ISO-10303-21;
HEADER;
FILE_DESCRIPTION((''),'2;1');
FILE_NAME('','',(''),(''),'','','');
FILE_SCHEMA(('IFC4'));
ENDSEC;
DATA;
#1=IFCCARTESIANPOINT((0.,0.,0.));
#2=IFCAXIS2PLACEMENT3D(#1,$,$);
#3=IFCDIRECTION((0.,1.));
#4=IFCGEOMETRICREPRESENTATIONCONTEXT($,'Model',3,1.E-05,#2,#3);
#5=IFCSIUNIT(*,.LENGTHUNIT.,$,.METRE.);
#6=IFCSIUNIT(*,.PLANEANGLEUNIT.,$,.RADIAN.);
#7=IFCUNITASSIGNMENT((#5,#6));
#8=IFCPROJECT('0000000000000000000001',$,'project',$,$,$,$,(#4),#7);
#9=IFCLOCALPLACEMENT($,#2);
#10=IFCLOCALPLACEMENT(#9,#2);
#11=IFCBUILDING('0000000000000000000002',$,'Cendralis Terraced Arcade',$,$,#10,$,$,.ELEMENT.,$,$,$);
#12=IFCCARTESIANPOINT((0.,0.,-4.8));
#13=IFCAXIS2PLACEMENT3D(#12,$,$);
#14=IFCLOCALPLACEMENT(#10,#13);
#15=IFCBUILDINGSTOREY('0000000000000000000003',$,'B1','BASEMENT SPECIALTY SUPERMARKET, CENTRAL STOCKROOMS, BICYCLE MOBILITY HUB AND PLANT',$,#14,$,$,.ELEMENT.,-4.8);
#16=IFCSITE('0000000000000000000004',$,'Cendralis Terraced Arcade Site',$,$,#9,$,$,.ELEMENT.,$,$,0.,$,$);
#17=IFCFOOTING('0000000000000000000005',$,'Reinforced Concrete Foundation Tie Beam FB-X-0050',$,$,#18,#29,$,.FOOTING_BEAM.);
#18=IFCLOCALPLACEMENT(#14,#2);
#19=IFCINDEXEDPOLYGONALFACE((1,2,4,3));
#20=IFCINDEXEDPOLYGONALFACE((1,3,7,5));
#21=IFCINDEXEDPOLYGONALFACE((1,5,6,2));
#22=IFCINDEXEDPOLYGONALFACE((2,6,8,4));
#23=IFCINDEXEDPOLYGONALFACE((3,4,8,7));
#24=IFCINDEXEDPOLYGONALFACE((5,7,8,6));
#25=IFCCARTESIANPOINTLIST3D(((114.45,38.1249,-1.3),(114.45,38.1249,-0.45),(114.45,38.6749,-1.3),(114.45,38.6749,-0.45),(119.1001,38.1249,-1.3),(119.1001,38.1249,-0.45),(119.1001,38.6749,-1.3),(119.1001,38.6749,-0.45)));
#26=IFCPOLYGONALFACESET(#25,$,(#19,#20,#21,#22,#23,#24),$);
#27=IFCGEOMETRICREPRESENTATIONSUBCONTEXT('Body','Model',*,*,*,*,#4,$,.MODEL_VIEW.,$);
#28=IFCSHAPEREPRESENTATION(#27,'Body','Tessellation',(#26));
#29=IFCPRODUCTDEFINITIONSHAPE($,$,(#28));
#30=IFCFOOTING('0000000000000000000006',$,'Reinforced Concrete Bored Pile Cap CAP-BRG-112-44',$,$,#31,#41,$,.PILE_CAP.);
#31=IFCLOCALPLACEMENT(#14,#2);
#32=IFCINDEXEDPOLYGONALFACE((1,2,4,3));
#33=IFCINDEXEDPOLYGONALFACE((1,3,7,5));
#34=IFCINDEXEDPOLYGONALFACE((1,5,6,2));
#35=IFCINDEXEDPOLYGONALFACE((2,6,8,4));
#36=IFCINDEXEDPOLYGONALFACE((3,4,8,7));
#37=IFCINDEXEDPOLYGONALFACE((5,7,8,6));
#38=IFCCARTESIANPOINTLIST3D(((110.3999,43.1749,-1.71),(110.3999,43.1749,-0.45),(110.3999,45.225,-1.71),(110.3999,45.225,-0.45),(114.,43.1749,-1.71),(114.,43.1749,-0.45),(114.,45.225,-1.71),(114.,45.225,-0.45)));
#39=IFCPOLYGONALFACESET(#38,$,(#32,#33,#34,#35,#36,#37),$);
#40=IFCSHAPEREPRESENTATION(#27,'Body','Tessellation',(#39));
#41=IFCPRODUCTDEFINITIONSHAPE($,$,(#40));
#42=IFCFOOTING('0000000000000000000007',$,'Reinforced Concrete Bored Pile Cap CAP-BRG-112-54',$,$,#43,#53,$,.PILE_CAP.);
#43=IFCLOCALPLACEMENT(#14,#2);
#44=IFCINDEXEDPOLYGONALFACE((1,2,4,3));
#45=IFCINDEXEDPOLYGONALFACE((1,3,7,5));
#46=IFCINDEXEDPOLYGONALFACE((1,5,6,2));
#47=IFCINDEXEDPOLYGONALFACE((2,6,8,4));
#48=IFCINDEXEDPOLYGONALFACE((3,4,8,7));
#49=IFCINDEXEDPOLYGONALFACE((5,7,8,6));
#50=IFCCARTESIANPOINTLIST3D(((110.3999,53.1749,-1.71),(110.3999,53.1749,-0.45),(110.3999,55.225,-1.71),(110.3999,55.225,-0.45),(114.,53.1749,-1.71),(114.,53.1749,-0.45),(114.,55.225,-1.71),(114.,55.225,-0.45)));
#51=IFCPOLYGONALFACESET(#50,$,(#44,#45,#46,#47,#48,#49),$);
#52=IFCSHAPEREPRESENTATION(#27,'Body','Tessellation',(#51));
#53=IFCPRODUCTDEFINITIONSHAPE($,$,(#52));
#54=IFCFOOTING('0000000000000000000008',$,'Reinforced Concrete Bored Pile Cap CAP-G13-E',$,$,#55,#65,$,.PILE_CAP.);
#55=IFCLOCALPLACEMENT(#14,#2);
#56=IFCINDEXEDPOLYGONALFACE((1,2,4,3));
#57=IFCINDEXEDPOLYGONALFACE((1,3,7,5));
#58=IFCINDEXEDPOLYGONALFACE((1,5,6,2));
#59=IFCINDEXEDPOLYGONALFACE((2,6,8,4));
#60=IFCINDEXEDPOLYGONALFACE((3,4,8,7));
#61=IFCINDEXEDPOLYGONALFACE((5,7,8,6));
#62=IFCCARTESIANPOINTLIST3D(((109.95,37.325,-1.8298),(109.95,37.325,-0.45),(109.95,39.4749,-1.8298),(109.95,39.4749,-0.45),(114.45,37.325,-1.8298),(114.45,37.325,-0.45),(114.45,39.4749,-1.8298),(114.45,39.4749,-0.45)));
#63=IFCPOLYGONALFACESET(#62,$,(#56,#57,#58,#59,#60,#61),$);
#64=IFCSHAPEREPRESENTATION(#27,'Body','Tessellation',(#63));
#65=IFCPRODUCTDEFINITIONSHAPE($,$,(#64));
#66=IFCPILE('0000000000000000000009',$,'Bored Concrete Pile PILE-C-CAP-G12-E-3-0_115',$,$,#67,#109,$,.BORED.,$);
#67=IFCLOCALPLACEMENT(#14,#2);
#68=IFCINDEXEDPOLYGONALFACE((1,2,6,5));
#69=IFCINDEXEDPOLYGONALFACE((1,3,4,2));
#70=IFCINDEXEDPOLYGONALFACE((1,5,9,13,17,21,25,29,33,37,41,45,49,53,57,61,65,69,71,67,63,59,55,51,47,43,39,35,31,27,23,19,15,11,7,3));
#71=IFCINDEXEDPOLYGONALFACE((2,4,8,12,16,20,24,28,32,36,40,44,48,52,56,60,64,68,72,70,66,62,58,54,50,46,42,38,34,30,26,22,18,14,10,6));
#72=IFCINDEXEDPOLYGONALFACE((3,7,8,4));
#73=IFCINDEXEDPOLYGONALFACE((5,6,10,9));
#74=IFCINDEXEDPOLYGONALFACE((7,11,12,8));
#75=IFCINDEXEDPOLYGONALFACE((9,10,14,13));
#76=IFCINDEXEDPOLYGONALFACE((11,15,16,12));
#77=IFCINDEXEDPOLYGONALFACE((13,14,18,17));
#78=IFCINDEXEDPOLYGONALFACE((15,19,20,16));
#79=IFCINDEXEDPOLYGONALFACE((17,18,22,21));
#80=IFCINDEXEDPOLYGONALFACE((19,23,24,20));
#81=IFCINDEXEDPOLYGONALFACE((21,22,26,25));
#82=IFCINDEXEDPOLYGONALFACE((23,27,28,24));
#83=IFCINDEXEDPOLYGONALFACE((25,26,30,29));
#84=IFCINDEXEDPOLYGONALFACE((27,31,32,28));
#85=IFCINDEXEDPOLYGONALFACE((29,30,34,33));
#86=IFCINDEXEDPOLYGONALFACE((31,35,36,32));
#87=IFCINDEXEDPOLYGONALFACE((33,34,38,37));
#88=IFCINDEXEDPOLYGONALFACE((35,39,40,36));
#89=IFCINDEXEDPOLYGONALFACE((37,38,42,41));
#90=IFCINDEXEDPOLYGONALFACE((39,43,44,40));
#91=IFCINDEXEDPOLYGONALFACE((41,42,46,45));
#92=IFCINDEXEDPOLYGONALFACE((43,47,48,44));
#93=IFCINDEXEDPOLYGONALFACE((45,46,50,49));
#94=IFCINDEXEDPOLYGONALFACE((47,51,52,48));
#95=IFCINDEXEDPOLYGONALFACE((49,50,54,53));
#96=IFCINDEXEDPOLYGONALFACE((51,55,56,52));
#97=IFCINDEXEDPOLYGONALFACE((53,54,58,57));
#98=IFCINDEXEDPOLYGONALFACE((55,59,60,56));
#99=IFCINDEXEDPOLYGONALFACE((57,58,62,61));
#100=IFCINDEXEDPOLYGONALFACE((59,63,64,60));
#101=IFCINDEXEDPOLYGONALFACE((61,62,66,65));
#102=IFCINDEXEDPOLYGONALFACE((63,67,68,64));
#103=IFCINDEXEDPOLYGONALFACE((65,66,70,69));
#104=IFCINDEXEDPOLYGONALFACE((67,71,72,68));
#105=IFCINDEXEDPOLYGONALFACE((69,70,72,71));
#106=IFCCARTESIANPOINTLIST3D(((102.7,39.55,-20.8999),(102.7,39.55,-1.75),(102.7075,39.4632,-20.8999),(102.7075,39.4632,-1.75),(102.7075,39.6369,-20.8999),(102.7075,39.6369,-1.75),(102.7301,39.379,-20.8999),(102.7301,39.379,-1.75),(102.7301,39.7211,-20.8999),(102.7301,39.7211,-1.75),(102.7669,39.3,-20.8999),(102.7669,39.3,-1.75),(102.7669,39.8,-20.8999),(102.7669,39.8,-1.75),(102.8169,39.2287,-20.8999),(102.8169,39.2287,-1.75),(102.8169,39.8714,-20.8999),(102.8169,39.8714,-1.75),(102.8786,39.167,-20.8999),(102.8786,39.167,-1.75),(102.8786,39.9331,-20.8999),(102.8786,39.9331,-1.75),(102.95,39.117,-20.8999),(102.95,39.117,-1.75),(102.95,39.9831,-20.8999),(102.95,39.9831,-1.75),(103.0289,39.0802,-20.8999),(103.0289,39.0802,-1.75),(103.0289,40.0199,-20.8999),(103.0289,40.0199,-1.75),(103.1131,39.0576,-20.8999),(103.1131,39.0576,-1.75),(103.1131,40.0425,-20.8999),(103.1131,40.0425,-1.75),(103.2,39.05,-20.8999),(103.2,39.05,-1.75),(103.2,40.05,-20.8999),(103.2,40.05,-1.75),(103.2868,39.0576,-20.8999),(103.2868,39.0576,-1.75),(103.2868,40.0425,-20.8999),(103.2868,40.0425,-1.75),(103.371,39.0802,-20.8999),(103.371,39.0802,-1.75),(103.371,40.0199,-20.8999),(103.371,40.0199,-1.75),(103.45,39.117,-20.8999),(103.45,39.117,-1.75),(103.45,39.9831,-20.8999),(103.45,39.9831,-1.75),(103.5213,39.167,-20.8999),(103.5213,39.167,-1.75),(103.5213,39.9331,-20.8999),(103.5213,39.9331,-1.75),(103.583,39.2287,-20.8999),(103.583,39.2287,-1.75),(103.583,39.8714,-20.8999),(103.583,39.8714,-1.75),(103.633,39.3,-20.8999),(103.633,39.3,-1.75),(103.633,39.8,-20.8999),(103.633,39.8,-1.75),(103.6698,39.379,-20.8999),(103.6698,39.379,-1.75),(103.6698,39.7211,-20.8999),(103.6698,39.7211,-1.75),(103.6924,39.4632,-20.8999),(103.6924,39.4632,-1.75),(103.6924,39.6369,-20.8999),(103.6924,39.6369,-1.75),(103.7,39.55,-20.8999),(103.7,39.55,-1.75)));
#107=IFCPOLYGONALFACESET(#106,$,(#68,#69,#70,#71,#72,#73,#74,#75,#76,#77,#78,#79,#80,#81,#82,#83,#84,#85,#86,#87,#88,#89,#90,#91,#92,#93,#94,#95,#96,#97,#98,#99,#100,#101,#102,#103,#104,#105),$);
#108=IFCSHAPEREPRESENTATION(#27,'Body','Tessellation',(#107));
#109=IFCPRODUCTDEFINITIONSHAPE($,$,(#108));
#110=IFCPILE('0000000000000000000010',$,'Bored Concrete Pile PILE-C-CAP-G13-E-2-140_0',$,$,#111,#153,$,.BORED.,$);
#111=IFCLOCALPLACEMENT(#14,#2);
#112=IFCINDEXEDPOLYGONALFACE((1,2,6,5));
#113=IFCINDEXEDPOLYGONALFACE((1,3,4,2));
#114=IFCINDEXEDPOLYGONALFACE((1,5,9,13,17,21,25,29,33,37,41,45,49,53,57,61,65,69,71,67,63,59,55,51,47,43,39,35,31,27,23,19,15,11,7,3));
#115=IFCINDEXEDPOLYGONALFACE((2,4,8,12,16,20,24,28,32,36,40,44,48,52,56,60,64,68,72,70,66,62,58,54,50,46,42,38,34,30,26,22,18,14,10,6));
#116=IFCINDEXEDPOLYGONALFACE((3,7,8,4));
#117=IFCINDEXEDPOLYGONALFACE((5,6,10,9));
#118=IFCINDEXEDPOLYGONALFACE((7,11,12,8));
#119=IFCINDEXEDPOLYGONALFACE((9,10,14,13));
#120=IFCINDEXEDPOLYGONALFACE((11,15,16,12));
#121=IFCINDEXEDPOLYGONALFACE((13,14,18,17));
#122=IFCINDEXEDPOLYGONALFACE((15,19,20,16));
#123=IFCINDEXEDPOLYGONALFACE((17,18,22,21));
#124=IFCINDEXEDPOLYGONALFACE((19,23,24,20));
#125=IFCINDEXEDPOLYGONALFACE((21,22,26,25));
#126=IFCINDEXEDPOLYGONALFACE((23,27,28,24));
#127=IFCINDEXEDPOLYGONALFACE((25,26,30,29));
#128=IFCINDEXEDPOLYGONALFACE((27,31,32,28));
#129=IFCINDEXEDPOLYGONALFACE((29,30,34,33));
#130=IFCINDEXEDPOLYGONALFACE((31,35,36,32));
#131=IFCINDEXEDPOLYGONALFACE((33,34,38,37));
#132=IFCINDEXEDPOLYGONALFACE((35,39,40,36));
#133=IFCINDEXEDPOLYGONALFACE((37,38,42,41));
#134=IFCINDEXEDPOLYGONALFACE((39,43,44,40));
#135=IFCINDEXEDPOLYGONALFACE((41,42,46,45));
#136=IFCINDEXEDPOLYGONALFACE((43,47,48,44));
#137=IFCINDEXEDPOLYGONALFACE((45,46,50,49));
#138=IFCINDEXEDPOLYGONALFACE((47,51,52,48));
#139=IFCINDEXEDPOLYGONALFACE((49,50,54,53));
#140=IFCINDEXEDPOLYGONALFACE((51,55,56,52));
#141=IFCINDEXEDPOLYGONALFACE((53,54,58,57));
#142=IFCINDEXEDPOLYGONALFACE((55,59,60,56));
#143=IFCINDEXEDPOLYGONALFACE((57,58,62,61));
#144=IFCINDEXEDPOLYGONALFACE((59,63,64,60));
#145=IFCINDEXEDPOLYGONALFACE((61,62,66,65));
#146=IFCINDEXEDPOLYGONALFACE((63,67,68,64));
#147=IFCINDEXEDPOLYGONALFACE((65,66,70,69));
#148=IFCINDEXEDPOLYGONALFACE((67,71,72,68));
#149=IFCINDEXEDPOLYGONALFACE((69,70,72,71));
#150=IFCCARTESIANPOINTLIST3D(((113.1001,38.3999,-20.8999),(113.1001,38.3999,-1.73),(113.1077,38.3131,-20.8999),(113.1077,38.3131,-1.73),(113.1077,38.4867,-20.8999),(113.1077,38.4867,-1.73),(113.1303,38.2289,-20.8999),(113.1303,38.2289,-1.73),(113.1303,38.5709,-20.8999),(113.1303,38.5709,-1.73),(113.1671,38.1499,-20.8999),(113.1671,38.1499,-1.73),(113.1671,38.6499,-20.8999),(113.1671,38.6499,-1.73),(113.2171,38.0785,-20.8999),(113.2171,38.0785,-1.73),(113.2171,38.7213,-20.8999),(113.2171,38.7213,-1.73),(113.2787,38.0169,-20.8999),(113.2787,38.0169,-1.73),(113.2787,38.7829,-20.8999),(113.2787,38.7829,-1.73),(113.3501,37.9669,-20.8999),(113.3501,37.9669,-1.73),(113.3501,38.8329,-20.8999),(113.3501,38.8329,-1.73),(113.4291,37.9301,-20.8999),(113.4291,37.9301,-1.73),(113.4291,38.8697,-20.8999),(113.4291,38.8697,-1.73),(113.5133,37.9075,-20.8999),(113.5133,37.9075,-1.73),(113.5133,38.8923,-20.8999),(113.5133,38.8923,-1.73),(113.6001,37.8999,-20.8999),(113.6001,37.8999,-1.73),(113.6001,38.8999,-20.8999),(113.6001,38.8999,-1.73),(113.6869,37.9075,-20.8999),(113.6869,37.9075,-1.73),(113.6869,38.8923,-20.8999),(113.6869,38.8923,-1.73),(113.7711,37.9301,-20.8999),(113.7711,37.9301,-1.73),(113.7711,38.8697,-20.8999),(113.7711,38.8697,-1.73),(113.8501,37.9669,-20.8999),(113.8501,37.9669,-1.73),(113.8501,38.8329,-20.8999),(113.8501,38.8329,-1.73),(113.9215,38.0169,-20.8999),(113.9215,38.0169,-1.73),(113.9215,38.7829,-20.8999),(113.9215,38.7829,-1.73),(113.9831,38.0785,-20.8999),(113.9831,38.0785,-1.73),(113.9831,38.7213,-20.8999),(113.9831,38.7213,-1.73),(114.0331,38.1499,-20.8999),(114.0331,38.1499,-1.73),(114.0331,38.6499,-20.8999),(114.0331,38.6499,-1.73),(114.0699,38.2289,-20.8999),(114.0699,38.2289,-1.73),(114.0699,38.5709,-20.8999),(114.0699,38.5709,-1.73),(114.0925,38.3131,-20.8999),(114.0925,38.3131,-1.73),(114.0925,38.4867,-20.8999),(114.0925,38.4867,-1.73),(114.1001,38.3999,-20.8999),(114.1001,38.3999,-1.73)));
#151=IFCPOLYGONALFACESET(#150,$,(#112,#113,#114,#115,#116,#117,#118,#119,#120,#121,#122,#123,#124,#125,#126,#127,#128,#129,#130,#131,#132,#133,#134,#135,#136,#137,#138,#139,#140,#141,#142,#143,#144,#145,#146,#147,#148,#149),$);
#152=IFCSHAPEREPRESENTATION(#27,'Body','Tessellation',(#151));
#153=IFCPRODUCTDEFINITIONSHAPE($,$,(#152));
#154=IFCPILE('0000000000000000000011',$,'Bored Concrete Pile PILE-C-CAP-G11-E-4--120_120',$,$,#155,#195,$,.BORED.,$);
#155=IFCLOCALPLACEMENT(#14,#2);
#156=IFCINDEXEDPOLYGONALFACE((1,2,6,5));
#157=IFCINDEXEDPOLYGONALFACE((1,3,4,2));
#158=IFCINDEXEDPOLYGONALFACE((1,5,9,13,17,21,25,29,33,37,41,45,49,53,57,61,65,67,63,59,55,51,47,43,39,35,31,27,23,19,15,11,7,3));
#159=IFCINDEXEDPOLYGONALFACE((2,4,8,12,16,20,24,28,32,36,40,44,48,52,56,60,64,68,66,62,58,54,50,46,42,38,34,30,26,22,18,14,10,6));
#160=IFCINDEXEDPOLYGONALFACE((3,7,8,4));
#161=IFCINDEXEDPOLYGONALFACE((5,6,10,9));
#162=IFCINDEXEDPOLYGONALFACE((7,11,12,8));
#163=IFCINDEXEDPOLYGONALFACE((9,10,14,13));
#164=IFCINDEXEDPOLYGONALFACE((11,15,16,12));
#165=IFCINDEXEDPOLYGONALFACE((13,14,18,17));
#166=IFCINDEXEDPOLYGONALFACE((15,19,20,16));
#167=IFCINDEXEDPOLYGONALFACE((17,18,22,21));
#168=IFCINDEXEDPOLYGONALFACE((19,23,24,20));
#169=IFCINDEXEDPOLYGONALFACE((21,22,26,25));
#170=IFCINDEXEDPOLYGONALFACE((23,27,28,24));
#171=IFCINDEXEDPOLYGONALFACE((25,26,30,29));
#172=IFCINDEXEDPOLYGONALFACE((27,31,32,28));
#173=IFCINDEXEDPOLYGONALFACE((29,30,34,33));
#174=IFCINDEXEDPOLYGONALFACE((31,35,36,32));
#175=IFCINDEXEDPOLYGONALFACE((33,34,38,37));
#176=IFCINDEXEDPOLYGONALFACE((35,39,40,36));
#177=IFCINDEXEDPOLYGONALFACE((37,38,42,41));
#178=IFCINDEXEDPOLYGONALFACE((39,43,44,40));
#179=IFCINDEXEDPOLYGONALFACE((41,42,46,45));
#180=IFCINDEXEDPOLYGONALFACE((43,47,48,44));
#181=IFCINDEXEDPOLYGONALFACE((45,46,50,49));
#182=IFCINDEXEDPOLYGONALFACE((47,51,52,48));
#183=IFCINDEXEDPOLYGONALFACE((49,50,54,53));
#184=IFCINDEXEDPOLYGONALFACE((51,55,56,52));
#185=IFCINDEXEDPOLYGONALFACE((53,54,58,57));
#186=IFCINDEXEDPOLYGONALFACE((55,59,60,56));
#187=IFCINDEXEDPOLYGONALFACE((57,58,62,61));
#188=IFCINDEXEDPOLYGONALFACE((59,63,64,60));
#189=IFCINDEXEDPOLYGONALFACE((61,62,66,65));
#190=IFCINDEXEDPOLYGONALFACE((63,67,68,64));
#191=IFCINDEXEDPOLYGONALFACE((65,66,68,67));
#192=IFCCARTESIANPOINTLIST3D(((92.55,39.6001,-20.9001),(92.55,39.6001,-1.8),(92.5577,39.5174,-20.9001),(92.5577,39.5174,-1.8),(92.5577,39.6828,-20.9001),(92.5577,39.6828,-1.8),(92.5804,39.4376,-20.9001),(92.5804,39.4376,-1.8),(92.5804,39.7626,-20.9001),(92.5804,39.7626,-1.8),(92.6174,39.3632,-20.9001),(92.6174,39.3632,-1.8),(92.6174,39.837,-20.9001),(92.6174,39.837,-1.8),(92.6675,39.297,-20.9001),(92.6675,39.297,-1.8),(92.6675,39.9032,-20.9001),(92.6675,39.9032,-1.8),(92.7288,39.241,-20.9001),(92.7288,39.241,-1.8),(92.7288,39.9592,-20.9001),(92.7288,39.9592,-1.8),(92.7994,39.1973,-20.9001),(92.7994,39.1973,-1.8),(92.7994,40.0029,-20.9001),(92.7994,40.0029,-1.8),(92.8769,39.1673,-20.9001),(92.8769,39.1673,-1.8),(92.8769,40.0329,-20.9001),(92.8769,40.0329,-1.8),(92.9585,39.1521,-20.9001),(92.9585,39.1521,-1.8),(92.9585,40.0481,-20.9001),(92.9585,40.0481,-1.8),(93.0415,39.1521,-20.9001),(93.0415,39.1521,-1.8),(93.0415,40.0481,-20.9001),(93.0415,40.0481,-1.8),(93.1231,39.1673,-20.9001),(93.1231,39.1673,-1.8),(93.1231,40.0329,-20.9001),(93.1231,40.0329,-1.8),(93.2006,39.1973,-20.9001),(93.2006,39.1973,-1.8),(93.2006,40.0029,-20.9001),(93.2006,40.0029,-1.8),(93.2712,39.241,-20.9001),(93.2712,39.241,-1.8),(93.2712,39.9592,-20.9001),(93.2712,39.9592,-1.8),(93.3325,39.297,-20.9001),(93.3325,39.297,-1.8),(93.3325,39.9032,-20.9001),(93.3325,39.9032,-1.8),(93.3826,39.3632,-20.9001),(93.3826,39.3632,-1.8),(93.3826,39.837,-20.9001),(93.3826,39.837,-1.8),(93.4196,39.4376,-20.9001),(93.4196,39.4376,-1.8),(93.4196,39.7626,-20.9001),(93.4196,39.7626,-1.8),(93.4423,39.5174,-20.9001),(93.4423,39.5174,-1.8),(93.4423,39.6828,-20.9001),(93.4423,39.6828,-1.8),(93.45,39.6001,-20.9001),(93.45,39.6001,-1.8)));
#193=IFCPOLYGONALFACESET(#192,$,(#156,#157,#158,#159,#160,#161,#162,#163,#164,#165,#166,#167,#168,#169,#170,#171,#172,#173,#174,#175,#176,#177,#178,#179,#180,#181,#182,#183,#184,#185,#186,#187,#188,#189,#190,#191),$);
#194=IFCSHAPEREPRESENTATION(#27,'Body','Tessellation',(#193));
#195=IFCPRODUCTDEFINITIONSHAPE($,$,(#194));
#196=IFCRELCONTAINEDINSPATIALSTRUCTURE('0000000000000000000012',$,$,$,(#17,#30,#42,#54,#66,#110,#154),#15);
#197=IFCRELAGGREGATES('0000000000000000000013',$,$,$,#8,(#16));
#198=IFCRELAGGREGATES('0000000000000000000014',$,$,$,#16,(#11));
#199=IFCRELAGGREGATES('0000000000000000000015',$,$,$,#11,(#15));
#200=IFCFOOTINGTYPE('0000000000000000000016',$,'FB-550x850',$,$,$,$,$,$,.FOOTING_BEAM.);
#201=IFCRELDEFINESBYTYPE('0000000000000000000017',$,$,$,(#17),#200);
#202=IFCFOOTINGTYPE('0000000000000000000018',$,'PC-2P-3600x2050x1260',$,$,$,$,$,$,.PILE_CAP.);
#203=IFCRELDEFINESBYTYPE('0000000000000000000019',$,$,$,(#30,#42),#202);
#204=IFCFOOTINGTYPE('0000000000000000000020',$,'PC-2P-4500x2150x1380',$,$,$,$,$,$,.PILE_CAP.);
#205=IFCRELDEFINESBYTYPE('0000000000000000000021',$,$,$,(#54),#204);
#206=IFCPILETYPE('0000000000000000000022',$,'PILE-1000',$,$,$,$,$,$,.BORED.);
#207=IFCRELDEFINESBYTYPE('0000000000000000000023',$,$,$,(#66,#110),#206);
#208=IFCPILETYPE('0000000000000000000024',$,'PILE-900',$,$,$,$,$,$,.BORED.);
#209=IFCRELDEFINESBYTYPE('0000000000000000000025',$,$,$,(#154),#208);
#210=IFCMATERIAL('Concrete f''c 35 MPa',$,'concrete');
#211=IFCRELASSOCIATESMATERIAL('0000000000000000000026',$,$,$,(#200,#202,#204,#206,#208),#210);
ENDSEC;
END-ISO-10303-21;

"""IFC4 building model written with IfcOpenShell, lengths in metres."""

from ifc_helpers import new_model, si_unit, direction, frame, origin, origin_2d, place, context, subcontext, project, spatial, rectangle, circle, extrude, material, material_profile, profile_set, type_object, element, save


model = new_model("IFC4")

# Units and contexts
model_context = context("Model", 3, precision=1e-05, world=origin(), true_north=direction((0.0, 1.0)))
body_context = subcontext(model_context, "Body", "Model", "MODEL_VIEW")
ifc_project = project(units=[si_unit("LENGTHUNIT", "METRE"), si_unit("PLANEANGLEUNIT", "RADIAN")], contexts=[model_context])

# Site, building, storey
site_placement = place(None, origin())
site = spatial("IfcSite", under=ifc_project, at=site_placement, Name="Cendralis Terraced Arcade Site", CompositionType="ELEMENT", RefElevation=0.0)
building_placement = place(site_placement, origin())
building = spatial("IfcBuilding", under=site, at=building_placement, Name="Cendralis Terraced Arcade", CompositionType="ELEMENT")
storey_placement = place(building_placement, frame((0.0, 0.0, -4.8)))
storey = spatial("IfcBuildingStorey", under=building, at=storey_placement, Name="B1", Description="BASEMENT SPECIALTY SUPERMARKET, CENTRAL STOCKROOMS, BICYCLE MOBILITY HUB AND PLANT", CompositionType="ELEMENT", Elevation=-4.8)

# Footings
ifc_material_1 = material(Name="Concrete f'c 35 MPa", Category="concrete")
ifc_material_profile_1 = material_profile(ifc_material_1, rectangle(XDim=0.55, YDim=0.8501, at=origin_2d()), Name="FB-550x850", Category="LoadBearing")
ifc_profile_set_1 = profile_set([ifc_material_profile_1], Name="Concrete f'c 35 MPa")
footing_type_1 = type_object("IfcFootingType", Name="FB-550x850", PredefinedType="FOOTING_BEAM", material=ifc_profile_set_1)
footing_1_placement = place(storey_placement, frame((114.45, 38.3999, -0.875), z_axis=(1.0, 0.0, 0.0), x_axis=(0.0, 1.0, 0.0)))
element("IfcFooting", 1, at=footing_1_placement, inside=storey, type_object=footing_type_1, Name="Reinforced Concrete Foundation Tie Beam FB-X-0050", PredefinedType="FOOTING_BEAM", context=body_context, shape_type="SweptSolid", body=[
    extrude(rectangle(XDim=0.55, YDim=0.8501, at=origin_2d()), origin(), (0.0, 0.0, 1.0), 4.6501),
])
footing_type_2 = type_object("IfcFootingType", Name="PC-2P-3600x2050x1260", PredefinedType="PILE_CAP", material=ifc_material_1)
for number, where, z_axis, x_axis, name in (
    (2, (112.2, 44.2, -1.71), (0.0, 0.0, 1.0), (1.0, 0.0, 0.0), "Reinforced Concrete Bored Pile Cap CAP-BRG-112-44"),
    (3, (112.2, 54.2, -1.71), (0.0, 0.0, 1.0), (1.0, 0.0, 0.0), "Reinforced Concrete Bored Pile Cap CAP-BRG-112-54"),
):
    element("IfcFooting", number, at=place(storey_placement, frame(where, z_axis=z_axis, x_axis=x_axis)), inside=storey, type_object=footing_type_2, Name=name, PredefinedType="PILE_CAP", context=body_context, shape_type="SweptSolid", body=[
        extrude(rectangle(XDim=3.6001, YDim=2.05, at=origin_2d()), origin(), (0.0, 0.0, 1.0), 1.26),
    ])
footing_type_3 = type_object("IfcFootingType", Name="PC-2P-4500x2150x1380", PredefinedType="PILE_CAP", material=ifc_material_1)
footing_2_placement = place(storey_placement, frame((112.2, 38.3999, -1.8298), z_axis=(0.0, 0.0, 1.0), x_axis=(1.0, 0.0, 0.0)))
element("IfcFooting", 4, at=footing_2_placement, inside=storey, type_object=footing_type_3, Name="Reinforced Concrete Bored Pile Cap CAP-G13-E", PredefinedType="PILE_CAP", context=body_context, shape_type="SweptSolid", body=[
    extrude(rectangle(XDim=4.5, YDim=2.1499, at=origin_2d()), origin(), (0.0, 0.0, 1.0), 1.3799),
])

# Piles
ifc_material_profile_2 = material_profile(ifc_material_1, circle(Radius=0.5, at=origin_2d()), Name="PILE-D1000", Category="LoadBearing")
ifc_profile_set_2 = profile_set([ifc_material_profile_2], Name="Concrete f'c 35 MPa")
pile_type_1 = type_object("IfcPileType", Name="PILE-1000", PredefinedType="BORED", material=ifc_profile_set_2)
pile_1_placement = place(storey_placement, frame((103.2, 39.55, -1.75), z_axis=(0.0, 0.0, -1.0), x_axis=(1.0, 0.0, 0.0)))
element("IfcPile", 5, at=pile_1_placement, inside=storey, type_object=pile_type_1, Name="Bored Concrete Pile PILE-C-CAP-G12-E-3-0_115", PredefinedType="BORED", context=body_context, shape_type="SweptSolid", body=[
    extrude(circle(Radius=0.5, at=origin_2d()), origin(), (0.0, 0.0, 1.0), 19.1499),
])
pile_2_placement = place(storey_placement, frame((113.6001, 38.3999, -1.73), z_axis=(0.0, 0.0, -1.0), x_axis=(1.0, 0.0, 0.0)))
element("IfcPile", 6, at=pile_2_placement, inside=storey, type_object=pile_type_1, Name="Bored Concrete Pile PILE-C-CAP-G13-E-2-140_0", PredefinedType="BORED", context=body_context, shape_type="SweptSolid", body=[
    extrude(circle(Radius=0.5, at=origin_2d()), origin(), (0.0, 0.0, 1.0), 19.1699),
])
ifc_material_profile_3 = material_profile(ifc_material_1, circle(Radius=0.45, at=origin_2d()), Name="PILE-D900", Category="LoadBearing")
ifc_profile_set_3 = profile_set([ifc_material_profile_3], Name="Concrete f'c 35 MPa")
pile_type_2 = type_object("IfcPileType", Name="PILE-900", PredefinedType="BORED", material=ifc_profile_set_3)
for number, where, z_axis, x_axis, name in (
    (7, (93.0, 39.6001, -1.8), (0.0, 0.0, -1.0), (1.0, 0.0, 0.0), "Bored Concrete Pile PILE-C-CAP-G11-E-4--120_120"),
):
    element("IfcPile", number, at=place(storey_placement, frame(where, z_axis=z_axis, x_axis=x_axis)), inside=storey, type_object=pile_type_2, Name=name, PredefinedType="BORED", context=body_context, shape_type="SweptSolid", body=[
        extrude(circle(Radius=0.45, at=origin_2d()), origin(), (0.0, 0.0, 1.0), 19.1001),
    ])

save(model, "model.ifc")
